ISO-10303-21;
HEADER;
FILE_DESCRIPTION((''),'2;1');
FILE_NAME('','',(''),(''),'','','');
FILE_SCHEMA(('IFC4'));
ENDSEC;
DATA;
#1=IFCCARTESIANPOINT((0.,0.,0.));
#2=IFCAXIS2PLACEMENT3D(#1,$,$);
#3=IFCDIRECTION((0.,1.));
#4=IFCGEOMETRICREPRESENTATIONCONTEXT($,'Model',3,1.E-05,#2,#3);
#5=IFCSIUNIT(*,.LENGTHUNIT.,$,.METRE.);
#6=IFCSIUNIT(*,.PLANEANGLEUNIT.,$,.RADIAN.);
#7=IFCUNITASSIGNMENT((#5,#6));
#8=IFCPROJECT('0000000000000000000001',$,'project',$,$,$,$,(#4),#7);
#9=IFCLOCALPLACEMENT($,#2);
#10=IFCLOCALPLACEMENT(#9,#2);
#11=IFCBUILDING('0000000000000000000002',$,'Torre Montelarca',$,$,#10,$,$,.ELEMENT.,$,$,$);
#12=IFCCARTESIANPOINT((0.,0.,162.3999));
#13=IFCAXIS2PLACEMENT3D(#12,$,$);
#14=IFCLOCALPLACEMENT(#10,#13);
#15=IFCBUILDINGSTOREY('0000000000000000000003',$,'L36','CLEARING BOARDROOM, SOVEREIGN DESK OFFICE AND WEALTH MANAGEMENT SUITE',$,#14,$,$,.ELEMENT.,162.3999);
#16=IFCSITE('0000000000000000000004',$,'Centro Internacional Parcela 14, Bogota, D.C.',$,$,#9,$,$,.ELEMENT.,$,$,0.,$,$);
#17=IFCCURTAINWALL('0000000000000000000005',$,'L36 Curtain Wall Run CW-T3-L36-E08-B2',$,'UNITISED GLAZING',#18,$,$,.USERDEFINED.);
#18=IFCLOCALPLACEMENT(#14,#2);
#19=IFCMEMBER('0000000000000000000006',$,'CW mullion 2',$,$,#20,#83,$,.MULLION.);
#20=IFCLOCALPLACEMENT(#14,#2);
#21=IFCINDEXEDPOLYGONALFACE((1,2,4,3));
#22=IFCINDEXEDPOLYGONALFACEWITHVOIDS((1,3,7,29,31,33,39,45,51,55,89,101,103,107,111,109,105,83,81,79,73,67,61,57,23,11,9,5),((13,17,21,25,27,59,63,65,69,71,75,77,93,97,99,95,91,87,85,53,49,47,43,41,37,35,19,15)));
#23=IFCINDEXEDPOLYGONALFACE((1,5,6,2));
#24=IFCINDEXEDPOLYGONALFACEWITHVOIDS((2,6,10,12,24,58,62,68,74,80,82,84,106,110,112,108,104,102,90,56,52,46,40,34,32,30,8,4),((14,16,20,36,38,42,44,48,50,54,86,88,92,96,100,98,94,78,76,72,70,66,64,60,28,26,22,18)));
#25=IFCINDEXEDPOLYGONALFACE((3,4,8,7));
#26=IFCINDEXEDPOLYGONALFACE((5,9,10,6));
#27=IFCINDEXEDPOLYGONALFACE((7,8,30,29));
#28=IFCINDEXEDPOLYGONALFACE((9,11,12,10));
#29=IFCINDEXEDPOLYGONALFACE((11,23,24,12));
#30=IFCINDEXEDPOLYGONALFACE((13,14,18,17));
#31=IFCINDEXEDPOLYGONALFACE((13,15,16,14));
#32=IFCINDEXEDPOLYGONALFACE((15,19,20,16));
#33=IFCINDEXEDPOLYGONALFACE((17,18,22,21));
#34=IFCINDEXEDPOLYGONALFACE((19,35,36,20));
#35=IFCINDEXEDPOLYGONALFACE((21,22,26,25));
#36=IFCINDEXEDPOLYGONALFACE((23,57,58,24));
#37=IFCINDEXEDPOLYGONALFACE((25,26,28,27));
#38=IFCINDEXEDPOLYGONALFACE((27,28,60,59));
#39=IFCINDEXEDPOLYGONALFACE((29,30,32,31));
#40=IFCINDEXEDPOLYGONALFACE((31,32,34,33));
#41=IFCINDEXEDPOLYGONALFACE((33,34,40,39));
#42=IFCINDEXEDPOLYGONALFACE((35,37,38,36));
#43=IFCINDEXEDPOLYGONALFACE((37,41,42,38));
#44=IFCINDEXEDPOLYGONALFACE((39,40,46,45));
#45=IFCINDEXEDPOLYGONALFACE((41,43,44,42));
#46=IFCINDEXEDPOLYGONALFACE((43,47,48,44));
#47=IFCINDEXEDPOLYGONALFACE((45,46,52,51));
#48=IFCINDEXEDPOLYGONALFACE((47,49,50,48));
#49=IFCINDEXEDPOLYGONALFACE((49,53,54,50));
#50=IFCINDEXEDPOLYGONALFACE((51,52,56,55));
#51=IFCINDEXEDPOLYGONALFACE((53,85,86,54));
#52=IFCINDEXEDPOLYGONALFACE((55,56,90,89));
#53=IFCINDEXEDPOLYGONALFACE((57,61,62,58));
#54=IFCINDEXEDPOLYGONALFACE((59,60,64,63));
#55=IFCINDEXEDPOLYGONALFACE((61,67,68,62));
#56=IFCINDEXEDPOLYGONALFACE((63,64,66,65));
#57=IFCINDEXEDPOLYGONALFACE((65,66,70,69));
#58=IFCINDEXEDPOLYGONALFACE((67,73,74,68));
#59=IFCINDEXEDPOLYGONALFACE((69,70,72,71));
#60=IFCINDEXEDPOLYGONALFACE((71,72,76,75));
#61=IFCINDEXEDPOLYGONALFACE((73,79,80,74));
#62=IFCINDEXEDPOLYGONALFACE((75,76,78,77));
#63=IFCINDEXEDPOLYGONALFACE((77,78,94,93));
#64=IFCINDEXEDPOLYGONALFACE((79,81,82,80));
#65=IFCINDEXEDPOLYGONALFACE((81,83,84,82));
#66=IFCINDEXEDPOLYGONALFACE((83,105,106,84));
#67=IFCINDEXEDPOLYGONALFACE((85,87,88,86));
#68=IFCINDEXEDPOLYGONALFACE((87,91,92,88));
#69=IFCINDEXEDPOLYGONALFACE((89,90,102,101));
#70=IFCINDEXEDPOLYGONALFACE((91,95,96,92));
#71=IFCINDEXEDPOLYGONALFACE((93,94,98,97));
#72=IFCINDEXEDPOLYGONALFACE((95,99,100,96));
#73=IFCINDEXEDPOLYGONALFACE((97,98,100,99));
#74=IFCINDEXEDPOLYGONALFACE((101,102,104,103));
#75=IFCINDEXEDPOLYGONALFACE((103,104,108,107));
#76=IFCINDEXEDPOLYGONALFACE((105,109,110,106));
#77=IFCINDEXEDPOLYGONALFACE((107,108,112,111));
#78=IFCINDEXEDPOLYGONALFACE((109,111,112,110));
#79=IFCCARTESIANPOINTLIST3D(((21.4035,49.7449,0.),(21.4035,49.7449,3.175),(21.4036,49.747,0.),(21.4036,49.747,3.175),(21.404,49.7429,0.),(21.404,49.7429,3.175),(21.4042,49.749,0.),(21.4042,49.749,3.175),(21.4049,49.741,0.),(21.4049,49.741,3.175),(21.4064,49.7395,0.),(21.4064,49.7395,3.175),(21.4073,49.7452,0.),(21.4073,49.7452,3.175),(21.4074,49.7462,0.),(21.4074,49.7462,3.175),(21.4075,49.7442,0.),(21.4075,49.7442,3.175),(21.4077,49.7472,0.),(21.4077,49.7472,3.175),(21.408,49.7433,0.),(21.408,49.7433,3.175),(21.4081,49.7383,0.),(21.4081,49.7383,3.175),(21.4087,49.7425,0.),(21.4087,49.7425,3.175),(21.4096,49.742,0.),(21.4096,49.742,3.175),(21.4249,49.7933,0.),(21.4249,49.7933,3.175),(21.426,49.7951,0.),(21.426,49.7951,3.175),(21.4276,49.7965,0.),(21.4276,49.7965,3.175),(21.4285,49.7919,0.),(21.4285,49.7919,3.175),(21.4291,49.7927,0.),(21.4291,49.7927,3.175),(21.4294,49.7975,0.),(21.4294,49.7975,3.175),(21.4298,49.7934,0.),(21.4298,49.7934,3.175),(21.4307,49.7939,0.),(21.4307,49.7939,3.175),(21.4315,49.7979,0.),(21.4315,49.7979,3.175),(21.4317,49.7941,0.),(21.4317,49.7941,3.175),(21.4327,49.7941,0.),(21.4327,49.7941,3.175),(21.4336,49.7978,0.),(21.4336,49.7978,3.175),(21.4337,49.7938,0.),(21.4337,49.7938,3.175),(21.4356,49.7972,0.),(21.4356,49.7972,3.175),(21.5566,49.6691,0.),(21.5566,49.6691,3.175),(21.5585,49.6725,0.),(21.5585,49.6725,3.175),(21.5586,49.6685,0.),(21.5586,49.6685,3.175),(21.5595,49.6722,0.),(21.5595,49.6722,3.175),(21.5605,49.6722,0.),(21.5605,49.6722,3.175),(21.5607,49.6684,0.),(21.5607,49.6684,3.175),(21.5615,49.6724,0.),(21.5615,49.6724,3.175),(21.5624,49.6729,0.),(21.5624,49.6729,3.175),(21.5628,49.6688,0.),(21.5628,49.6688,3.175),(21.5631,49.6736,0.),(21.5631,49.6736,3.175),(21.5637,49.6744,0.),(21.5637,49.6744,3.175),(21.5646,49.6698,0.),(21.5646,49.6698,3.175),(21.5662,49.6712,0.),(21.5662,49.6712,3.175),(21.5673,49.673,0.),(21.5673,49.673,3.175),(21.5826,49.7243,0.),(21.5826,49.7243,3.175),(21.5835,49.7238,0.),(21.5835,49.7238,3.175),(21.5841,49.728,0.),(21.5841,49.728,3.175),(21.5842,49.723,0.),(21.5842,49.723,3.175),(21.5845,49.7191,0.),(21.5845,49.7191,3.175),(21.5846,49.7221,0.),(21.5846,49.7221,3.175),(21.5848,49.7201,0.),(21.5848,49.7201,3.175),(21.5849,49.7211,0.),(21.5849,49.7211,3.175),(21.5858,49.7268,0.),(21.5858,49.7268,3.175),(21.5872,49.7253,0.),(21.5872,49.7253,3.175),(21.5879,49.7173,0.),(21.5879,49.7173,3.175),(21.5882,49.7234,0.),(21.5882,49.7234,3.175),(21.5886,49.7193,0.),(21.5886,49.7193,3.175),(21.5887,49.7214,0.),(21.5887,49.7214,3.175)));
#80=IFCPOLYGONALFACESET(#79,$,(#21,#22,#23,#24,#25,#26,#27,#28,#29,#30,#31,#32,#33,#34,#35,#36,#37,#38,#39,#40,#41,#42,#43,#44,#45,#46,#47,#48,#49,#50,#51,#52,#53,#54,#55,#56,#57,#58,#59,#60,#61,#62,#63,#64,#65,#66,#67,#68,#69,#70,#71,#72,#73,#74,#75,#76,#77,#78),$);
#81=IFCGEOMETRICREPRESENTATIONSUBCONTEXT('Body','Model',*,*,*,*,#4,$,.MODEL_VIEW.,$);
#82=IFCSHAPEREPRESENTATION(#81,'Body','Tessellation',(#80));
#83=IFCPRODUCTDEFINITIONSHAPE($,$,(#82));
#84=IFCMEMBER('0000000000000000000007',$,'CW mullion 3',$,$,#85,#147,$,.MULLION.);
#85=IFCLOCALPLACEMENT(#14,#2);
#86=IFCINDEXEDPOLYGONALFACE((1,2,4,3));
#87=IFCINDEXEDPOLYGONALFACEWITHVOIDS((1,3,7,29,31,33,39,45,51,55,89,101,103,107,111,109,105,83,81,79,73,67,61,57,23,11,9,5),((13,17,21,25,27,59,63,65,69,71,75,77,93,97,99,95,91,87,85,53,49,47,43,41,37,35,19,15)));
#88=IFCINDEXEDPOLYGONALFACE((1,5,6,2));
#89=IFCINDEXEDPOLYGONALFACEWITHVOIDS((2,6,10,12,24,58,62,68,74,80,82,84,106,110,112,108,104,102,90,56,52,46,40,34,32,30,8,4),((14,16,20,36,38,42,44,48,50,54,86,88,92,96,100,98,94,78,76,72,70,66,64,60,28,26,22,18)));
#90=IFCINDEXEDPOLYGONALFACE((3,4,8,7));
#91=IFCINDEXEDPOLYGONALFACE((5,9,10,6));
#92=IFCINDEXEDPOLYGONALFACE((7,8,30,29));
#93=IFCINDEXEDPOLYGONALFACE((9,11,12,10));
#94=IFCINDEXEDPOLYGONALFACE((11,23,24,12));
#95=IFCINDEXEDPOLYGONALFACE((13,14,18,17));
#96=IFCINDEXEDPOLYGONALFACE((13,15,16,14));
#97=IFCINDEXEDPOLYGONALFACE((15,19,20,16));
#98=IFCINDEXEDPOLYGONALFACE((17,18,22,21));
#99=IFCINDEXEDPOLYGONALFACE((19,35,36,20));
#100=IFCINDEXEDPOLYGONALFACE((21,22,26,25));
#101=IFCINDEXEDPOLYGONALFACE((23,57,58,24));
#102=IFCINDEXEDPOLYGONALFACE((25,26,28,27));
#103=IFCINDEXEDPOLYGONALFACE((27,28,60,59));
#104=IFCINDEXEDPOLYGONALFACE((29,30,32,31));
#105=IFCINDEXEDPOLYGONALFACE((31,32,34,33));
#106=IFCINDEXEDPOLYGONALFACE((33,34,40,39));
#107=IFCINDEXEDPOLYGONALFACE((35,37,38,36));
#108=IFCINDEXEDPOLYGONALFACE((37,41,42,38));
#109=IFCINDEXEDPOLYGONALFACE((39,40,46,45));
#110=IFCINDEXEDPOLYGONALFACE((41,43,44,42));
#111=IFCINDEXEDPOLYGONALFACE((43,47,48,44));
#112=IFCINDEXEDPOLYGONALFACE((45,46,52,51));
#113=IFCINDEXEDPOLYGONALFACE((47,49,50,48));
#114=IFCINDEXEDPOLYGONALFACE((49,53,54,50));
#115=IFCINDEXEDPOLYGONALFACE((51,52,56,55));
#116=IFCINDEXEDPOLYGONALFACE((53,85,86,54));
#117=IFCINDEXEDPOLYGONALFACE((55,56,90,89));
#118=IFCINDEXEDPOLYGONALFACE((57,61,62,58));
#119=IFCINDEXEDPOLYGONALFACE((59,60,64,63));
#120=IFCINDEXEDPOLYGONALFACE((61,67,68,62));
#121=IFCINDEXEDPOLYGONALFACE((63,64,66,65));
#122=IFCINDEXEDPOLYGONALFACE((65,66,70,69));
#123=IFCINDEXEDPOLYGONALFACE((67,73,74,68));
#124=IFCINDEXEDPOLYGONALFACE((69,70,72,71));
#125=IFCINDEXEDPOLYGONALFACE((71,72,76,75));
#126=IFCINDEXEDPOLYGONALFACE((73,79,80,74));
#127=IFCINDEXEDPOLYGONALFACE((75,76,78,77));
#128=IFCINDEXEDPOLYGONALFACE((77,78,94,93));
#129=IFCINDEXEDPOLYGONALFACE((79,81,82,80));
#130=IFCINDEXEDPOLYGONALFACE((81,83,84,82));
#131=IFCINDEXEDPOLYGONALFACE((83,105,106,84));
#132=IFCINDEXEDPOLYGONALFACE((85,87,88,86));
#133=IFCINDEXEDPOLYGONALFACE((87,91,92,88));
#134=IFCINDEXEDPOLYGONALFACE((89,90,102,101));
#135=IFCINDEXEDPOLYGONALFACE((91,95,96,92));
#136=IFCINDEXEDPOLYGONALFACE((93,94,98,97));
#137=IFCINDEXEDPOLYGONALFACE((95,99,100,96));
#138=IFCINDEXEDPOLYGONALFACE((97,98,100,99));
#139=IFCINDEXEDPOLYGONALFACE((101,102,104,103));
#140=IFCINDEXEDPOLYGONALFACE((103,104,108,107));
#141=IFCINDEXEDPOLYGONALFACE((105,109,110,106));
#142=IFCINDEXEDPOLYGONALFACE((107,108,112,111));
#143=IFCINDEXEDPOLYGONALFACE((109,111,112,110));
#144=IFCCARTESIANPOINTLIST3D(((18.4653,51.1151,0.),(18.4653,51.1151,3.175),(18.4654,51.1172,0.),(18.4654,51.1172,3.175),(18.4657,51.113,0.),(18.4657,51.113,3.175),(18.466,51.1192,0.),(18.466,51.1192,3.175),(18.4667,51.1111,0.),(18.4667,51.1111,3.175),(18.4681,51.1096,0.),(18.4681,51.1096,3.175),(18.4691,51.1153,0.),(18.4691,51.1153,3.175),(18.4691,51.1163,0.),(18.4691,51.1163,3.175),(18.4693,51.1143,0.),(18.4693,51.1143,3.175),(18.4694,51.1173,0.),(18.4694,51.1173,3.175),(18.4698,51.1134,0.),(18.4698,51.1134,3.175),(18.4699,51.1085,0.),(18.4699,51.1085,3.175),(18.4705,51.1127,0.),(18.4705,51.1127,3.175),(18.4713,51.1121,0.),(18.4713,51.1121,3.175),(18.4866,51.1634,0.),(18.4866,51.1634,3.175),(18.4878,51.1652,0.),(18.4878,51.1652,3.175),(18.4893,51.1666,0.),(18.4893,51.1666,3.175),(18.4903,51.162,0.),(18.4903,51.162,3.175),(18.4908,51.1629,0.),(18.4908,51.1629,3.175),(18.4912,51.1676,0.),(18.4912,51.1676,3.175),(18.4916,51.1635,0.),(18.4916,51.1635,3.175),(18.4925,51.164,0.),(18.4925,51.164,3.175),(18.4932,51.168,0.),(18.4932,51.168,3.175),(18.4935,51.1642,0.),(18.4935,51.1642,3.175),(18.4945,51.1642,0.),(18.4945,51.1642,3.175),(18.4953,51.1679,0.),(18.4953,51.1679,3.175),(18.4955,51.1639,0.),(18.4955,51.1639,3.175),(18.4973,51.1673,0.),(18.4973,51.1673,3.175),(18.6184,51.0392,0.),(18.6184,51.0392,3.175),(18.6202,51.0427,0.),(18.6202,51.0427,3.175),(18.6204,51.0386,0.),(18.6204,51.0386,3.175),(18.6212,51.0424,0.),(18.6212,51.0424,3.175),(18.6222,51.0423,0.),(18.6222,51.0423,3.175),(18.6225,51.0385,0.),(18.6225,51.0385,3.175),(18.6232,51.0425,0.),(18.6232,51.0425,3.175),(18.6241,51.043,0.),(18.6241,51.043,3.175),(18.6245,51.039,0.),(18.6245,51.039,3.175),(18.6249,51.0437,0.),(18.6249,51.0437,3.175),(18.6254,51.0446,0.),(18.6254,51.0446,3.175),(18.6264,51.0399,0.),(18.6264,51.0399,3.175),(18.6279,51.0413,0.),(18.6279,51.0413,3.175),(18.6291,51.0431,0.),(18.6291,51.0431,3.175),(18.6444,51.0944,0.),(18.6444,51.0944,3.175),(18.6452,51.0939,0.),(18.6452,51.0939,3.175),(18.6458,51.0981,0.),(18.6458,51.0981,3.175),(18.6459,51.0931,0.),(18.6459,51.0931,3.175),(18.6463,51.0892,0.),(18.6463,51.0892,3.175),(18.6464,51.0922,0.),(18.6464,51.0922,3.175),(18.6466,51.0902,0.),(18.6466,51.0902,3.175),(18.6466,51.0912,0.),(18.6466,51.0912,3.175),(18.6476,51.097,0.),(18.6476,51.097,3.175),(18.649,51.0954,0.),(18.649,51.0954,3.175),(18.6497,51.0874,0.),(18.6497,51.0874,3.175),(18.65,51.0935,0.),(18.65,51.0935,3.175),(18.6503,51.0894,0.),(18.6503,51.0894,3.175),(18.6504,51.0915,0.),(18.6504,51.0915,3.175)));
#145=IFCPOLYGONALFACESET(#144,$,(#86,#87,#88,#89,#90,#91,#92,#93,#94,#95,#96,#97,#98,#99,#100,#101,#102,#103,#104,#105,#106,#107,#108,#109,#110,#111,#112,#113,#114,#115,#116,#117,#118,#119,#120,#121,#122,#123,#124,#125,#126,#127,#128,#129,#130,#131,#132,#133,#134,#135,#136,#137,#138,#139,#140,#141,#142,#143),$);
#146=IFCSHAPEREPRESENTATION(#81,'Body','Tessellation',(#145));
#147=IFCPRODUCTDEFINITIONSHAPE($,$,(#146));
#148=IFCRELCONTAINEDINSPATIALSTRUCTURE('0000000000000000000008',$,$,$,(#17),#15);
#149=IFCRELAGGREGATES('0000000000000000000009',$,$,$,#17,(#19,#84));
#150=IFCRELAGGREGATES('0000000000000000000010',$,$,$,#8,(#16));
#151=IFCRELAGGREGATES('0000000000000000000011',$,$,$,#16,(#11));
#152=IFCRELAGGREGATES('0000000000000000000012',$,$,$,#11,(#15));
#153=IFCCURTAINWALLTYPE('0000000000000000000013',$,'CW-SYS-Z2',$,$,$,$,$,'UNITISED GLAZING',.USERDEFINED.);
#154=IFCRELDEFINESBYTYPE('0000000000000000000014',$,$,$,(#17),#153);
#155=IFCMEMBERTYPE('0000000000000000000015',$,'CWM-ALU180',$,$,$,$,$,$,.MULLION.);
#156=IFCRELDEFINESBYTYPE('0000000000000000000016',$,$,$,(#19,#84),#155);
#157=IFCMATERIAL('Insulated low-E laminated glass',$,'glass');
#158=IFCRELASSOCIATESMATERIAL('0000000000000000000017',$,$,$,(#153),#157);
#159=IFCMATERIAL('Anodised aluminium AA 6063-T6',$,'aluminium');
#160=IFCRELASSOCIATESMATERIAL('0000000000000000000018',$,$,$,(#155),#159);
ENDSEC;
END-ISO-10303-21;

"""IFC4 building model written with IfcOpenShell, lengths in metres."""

from ifc_helpers import new_model, si_unit, direction, frame, origin, origin_2d, place, context, subcontext, project, spatial, hollow_rectangle, extrude, source, transform, mapped, material, material_profile, profile_set, type_object, element, aggregate, save


model = new_model("IFC4")

# Units and contexts
model_context = context("Model", 3, precision=1e-05, world=origin(), true_north=direction((0.0, 1.0)))
body_context = subcontext(model_context, "Body", "Model", "MODEL_VIEW")
ifc_project = project(units=[si_unit("LENGTHUNIT", "METRE"), si_unit("PLANEANGLEUNIT", "RADIAN")], contexts=[model_context])

# Site, building, storey
site_placement = place(None, origin())
site = spatial("IfcSite", under=ifc_project, at=site_placement, Name="Centro Internacional Parcela 14, Bogota, D.C.", CompositionType="ELEMENT", RefElevation=0.0)
building_placement = place(site_placement, origin())
building = spatial("IfcBuilding", under=site, at=building_placement, Name="Torre Montelarca", CompositionType="ELEMENT")
storey_placement = place(building_placement, frame((0.0, 0.0, 162.3999)))
storey = spatial("IfcBuildingStorey", under=building, at=storey_placement, Name="L36", Description="CLEARING BOARDROOM, SOVEREIGN DESK OFFICE AND WEALTH MANAGEMENT SUITE", CompositionType="ELEMENT", Elevation=162.3999)

# Shared definitions
ifc_material_1 = material(Name="Insulated low-E laminated glass", Category="glass")
curtain_wall_type = type_object("IfcCurtainWallType", Name="CW-SYS-Z2", ElementType="UNITISED GLAZING", PredefinedType="USERDEFINED", material=ifc_material_1)
ifc_material_2 = material(Name="Anodised aluminium AA 6063-T6", Category="aluminium")
ifc_material_profile_1 = material_profile(ifc_material_2, hollow_rectangle(XDim=0.0649, YDim=0.1799, WallThickness=0.0039, InnerFilletRadius=0.0039, OuterFilletRadius=0.0081, at=origin_2d()), Name="ALU65X180X4", Category="aluminium")
ifc_profile_set_1 = profile_set([ifc_material_profile_1], Name="Anodised aluminium AA 6063-T6")
member_type_1 = type_object("IfcMemberType", Name="CWM-ALU180", PredefinedType="MULLION", material=ifc_profile_set_1)

# Curtain wall, members
curtain_wall_1_placement = place(storey_placement, origin())
curtain_wall_1 = element("IfcCurtainWall", 1, at=curtain_wall_1_placement, inside=storey, type_object=curtain_wall_type, Name="L36 Curtain Wall Run CW-T3-L36-E08-B2", ObjectType="UNITISED GLAZING", PredefinedType="USERDEFINED")
shared_shape_1 = source(origin(), body_context, "Body", "SweptSolid", [
    extrude(hollow_rectangle(XDim=0.0649, YDim=0.1799, WallThickness=0.0039, InnerFilletRadius=0.0039, OuterFilletRadius=0.0081, at=origin_2d()), origin(), (0.0, 0.0, 1.0), 3.175),
])
member_1_placement = place(storey_placement, frame((21.4961, 49.7332, 0.0), z_axis=(0.0, 0.0, 1.0), x_axis=(-0.422626, -0.906304, 0.0)))
member_1 = element("IfcMember", 2, at=member_1_placement, type_object=member_type_1, Name="CW mullion 2", PredefinedType="MULLION", context=body_context, shape_type="MappedRepresentation", body=[
    mapped(shared_shape_1, transform((0.0, 0.0, 0.0), scale=1.0)),
])
member_2_placement = place(storey_placement, frame((18.5579, 51.1033, 0.0), z_axis=(0.0, 0.0, 1.0), x_axis=(-0.422626, -0.906304, 0.0)))
member_2 = element("IfcMember", 3, at=member_2_placement, type_object=member_type_1, Name="CW mullion 3", PredefinedType="MULLION", context=body_context, shape_type="MappedRepresentation", body=[
    mapped(shared_shape_1, transform((0.0, 0.0, 0.0), scale=1.0)),
])
aggregate(curtain_wall_1, [member_1, member_2])

save(model, "model.ifc")
